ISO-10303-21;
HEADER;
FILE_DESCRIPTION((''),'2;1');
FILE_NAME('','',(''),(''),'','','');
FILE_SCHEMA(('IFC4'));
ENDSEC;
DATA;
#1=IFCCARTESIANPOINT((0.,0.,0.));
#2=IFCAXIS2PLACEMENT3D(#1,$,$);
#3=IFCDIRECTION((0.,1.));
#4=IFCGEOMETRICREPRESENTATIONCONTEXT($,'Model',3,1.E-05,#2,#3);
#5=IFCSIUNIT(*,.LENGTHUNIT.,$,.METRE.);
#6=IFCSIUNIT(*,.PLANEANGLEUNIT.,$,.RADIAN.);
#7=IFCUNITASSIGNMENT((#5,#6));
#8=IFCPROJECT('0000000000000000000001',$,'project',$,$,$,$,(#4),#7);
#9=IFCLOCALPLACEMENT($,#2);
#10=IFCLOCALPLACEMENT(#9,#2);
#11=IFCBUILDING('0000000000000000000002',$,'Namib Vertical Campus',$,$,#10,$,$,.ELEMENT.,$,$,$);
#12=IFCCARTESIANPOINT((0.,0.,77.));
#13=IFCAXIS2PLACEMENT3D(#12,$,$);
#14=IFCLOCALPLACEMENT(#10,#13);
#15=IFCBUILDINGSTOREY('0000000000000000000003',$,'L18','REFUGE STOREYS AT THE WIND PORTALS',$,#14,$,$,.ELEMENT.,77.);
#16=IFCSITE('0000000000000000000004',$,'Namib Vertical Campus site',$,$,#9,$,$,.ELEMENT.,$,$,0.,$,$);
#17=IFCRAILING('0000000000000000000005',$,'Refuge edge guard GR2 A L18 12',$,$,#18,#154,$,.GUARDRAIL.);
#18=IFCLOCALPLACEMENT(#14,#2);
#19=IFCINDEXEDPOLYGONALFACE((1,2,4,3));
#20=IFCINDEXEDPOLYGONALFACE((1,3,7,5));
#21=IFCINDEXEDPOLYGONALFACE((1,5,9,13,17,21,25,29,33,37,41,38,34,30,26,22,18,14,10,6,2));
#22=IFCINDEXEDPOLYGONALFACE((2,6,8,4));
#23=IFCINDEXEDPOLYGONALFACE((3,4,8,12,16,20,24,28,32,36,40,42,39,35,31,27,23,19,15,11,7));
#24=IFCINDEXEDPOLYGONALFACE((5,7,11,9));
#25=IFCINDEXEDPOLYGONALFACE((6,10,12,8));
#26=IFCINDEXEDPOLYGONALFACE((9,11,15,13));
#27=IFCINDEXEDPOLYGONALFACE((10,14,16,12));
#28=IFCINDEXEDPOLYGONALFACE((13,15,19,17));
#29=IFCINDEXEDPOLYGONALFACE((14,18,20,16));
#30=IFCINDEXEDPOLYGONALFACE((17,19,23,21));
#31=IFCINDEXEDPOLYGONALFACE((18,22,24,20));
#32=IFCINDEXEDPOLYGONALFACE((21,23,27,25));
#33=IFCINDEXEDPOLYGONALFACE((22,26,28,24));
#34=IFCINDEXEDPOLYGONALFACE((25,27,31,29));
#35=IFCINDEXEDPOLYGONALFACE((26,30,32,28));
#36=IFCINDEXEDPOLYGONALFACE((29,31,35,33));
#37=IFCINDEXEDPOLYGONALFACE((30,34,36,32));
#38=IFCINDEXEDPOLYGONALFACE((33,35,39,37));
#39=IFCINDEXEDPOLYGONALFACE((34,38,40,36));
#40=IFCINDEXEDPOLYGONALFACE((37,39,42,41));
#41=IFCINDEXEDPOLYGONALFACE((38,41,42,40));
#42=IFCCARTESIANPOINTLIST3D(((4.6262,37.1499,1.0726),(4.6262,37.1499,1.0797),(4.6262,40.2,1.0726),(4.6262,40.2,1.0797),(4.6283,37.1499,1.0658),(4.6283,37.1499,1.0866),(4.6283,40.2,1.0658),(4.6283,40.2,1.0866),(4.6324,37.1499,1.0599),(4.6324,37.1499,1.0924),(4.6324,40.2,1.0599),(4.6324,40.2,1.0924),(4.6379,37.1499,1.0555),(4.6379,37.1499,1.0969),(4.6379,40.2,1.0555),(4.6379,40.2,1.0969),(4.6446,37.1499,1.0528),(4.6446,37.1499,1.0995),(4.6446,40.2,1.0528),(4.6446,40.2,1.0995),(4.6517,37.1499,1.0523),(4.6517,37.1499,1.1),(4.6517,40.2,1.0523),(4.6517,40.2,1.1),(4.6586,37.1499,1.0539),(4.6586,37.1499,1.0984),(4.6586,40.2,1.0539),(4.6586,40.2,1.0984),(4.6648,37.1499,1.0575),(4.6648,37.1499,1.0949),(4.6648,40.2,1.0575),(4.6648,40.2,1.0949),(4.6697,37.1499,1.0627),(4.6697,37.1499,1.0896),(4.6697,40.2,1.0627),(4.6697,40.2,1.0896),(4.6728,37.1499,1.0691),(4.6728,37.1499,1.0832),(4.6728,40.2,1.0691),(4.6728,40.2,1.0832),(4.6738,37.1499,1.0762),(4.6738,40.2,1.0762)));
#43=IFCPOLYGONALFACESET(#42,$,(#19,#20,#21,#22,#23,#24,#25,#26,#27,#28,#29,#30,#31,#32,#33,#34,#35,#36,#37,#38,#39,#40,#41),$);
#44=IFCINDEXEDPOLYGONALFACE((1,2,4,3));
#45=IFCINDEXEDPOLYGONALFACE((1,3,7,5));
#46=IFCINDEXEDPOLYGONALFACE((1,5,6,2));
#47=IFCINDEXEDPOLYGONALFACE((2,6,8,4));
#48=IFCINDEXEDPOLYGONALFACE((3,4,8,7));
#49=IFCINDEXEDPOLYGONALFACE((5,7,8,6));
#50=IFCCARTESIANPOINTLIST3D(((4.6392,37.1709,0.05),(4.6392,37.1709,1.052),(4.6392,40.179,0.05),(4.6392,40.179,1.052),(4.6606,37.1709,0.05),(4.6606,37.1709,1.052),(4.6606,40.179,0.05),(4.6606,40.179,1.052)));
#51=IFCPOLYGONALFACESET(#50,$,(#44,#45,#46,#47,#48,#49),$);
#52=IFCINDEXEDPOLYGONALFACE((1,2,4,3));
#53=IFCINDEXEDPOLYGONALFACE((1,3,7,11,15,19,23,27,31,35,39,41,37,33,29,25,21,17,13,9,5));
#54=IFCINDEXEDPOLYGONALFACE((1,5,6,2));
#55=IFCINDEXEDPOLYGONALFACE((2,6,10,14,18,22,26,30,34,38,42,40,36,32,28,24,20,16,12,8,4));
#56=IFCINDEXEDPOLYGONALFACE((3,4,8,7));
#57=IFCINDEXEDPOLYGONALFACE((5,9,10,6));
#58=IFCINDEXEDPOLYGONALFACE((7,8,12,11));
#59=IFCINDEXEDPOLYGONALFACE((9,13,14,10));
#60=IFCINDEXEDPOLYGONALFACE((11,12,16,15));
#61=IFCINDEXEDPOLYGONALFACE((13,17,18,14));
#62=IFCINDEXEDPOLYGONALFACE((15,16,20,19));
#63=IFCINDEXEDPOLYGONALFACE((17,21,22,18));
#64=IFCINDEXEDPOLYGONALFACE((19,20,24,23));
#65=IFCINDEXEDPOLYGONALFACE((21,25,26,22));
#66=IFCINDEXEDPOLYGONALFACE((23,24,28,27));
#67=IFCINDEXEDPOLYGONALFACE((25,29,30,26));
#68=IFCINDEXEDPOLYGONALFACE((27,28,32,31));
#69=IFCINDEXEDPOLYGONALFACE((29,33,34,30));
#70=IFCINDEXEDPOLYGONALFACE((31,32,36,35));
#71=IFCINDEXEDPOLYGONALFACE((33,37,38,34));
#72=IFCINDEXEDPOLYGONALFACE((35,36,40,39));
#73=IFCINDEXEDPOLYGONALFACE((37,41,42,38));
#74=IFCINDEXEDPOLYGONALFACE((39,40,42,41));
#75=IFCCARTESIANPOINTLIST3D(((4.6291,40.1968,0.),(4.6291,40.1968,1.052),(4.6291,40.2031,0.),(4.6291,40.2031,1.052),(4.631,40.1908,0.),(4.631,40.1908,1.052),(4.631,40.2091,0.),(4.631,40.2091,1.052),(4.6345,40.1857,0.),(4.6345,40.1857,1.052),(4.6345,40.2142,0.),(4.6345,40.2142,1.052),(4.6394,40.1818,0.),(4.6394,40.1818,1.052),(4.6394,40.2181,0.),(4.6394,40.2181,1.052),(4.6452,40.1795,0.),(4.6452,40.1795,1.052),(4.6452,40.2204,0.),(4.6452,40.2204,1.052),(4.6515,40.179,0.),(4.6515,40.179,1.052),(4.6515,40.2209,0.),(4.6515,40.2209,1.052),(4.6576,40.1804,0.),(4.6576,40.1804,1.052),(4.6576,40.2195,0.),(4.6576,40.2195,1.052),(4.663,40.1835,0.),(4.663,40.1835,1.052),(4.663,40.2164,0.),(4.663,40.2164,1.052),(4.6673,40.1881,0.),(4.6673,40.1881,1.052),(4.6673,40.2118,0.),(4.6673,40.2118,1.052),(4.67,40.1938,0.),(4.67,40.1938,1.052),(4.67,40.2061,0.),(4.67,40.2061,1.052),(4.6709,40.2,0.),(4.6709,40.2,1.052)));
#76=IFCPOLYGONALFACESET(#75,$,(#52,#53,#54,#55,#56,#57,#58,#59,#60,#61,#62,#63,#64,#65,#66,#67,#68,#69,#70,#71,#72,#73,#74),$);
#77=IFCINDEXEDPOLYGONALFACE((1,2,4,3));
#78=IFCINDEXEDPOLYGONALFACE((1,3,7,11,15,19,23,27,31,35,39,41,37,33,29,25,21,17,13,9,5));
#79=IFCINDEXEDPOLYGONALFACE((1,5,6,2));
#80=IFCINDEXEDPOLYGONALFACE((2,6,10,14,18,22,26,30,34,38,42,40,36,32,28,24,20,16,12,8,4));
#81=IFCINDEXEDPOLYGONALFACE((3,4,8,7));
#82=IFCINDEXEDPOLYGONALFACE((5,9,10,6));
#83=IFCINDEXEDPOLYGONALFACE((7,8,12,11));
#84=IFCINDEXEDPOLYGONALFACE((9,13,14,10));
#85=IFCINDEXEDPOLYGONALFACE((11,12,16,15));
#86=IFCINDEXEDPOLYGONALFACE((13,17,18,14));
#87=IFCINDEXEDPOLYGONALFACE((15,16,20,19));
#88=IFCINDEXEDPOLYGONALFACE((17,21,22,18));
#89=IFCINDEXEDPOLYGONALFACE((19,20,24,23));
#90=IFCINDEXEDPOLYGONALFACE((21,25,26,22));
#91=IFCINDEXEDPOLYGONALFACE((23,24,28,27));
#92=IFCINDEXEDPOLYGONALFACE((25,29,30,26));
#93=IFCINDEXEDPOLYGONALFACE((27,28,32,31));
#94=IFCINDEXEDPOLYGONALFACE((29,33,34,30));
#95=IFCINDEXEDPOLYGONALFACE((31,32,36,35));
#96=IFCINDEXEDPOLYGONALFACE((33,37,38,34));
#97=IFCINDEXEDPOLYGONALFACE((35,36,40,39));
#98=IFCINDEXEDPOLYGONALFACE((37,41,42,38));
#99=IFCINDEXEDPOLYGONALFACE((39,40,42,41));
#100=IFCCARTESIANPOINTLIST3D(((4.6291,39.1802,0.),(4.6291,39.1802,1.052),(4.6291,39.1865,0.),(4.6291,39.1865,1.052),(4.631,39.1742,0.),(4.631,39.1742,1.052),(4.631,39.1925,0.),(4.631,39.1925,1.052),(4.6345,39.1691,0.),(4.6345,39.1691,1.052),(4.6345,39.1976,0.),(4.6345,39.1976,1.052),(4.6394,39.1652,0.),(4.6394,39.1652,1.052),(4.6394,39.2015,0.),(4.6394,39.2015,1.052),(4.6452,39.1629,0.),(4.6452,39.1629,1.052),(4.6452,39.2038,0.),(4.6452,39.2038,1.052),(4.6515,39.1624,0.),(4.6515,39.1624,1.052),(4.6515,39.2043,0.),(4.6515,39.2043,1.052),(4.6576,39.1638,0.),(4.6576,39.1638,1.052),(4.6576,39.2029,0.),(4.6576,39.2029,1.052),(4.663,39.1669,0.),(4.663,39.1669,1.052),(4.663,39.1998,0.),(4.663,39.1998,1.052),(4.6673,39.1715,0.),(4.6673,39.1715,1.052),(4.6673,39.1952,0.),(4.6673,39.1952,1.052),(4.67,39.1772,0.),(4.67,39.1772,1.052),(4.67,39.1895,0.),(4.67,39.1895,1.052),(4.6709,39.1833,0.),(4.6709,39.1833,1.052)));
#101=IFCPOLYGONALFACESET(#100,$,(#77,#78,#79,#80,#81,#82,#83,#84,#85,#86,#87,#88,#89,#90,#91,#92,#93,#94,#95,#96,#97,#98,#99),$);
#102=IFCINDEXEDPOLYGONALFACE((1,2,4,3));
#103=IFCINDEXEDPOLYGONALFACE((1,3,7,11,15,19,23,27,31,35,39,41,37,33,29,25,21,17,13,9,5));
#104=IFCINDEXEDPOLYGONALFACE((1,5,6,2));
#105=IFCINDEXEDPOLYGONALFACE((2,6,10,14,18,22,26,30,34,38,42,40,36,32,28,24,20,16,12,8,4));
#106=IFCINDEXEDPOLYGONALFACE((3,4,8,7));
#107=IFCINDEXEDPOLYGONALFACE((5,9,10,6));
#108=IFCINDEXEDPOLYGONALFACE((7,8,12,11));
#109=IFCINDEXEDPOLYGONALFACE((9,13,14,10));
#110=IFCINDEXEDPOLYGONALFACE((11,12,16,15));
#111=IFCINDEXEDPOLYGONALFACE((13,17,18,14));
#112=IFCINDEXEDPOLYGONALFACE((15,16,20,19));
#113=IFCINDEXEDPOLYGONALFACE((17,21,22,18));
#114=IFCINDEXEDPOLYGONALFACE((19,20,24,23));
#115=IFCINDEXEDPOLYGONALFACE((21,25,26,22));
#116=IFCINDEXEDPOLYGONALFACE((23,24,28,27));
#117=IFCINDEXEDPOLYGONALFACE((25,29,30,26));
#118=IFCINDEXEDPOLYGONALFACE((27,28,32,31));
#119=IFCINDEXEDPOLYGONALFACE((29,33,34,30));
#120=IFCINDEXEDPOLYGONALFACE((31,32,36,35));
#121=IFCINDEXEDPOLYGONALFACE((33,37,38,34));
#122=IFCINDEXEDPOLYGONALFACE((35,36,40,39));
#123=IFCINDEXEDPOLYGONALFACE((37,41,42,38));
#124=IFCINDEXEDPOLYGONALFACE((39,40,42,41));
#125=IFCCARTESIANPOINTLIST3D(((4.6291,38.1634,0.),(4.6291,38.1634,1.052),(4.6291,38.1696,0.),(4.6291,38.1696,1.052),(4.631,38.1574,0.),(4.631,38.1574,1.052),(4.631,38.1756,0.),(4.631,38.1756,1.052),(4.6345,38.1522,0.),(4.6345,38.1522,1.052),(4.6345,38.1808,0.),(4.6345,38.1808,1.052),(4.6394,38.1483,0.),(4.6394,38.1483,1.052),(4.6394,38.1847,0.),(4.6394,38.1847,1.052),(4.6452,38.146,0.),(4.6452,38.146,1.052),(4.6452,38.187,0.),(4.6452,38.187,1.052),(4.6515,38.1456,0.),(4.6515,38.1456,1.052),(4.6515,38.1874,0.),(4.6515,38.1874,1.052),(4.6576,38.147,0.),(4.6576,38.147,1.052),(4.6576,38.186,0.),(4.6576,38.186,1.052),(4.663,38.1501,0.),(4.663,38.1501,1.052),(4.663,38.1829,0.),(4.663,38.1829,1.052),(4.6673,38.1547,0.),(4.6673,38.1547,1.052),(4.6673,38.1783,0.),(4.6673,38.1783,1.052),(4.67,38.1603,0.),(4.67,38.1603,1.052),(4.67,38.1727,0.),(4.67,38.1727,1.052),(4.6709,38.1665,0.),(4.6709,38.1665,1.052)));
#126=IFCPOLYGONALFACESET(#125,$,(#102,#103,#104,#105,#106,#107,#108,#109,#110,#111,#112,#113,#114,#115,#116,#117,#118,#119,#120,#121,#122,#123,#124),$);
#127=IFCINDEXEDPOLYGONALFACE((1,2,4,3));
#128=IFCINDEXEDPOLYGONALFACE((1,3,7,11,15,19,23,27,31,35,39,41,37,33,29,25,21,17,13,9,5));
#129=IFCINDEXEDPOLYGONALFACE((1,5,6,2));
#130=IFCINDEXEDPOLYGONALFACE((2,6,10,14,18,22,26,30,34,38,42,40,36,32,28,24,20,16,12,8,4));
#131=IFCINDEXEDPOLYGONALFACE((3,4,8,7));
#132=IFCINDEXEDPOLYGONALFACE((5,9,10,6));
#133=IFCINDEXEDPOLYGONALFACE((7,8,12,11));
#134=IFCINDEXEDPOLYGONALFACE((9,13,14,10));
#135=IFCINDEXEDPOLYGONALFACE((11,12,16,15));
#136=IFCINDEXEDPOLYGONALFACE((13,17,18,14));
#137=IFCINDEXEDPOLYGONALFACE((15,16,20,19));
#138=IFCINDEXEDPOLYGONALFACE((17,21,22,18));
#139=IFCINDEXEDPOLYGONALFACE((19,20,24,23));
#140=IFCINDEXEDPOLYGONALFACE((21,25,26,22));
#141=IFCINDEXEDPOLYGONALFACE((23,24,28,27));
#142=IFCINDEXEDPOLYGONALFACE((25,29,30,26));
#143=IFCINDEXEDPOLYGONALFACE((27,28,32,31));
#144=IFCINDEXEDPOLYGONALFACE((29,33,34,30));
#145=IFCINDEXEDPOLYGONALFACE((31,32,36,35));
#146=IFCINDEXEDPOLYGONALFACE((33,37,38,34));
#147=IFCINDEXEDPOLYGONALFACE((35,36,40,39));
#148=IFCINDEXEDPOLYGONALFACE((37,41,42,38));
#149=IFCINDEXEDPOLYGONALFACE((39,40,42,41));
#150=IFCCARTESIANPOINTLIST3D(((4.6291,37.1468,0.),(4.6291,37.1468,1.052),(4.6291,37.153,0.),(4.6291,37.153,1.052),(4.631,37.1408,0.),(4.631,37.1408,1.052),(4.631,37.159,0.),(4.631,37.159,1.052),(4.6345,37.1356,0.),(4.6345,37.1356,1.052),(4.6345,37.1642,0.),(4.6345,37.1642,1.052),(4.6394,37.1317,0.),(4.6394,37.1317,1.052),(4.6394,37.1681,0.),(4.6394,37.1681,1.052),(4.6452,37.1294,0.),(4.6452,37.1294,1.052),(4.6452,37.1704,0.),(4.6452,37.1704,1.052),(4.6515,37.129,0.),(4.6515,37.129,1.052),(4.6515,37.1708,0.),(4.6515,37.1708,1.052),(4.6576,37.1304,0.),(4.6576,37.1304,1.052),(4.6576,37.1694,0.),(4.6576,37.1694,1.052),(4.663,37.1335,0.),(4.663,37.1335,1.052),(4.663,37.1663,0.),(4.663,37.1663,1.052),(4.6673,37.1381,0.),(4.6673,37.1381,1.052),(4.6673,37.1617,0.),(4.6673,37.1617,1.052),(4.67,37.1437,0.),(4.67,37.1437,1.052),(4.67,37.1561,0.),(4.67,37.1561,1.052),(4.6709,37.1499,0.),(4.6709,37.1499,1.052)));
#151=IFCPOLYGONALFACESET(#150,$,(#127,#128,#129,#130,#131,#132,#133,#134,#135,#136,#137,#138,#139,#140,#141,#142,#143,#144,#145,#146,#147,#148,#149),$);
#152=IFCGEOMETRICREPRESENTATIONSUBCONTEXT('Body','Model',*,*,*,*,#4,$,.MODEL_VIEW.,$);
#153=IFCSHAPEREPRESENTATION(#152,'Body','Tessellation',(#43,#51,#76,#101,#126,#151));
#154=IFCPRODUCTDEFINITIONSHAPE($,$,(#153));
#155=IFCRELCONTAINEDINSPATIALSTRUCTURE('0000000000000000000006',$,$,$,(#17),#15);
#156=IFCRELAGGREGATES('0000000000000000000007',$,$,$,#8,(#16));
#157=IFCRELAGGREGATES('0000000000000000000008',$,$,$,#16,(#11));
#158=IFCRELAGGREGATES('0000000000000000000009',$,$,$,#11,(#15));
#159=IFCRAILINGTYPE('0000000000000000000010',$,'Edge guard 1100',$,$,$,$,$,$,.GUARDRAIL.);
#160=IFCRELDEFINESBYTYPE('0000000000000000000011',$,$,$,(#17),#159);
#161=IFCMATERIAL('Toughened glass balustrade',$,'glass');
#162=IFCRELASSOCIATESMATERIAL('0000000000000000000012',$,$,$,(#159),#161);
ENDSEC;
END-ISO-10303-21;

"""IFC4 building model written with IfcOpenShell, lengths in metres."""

from ifc_helpers import new_model, si_unit, direction, frame, origin, origin_2d, place, context, subcontext, project, spatial, polyline, circle, outline, extrude, material, type_object, element, save


model = new_model("IFC4")

# Units and contexts
model_context = context("Model", 3, precision=1e-05, world=origin(), true_north=direction((0.0, 1.0)))
body_context = subcontext(model_context, "Body", "Model", "MODEL_VIEW")
ifc_project = project(units=[si_unit("LENGTHUNIT", "METRE"), si_unit("PLANEANGLEUNIT", "RADIAN")], contexts=[model_context])

# Site, building, storey
site_placement = place(None, origin())
site = spatial("IfcSite", under=ifc_project, at=site_placement, Name="Namib Vertical Campus site", CompositionType="ELEMENT", RefElevation=0.0)
building_placement = place(site_placement, origin())
building = spatial("IfcBuilding", under=site, at=building_placement, Name="Namib Vertical Campus", CompositionType="ELEMENT")
storey_placement = place(building_placement, frame((0.0, 0.0, 77.0)))
storey = spatial("IfcBuildingStorey", under=building, at=storey_placement, Name="L18", Description="REFUGE STOREYS AT THE WIND PORTALS", CompositionType="ELEMENT", Elevation=77.0)

# Railing
ifc_material_1 = material(Name="Toughened glass balustrade", Category="glass")
railing_type = type_object("IfcRailingType", Name="Edge guard 1100", PredefinedType="GUARDRAIL", material=ifc_material_1)
railing_1_placement = place(storey_placement, frame((4.6499, 40.2, 0.0)))
element("IfcRailing", 1, at=railing_1_placement, inside=storey, type_object=railing_type, Name="Refuge edge guard GR2 A L18 12", PredefinedType="GUARDRAIL", context=body_context, shape_type="SweptSolid", body=[
    extrude(circle(Radius=0.0239, at=origin_2d()), frame((0.0, 0.0, 1.0762), z_axis=(0.0, -1.0, 0.0), x_axis=(1.0, 0.0, 0.0)), (0.0, 0.0, 1.0), 3.05),
    extrude(outline(polyline([(0.021, 0.05), (3.0291, 0.05), (3.0291, 1.052), (0.021, 1.052), (0.021, 0.05)])), frame((0.0107, 0.0, 0.0), z_axis=(-1.0, 0.0, 0.0), x_axis=(0.0, -1.0, 0.0)), (0.0, 0.0, 1.0), 0.0215),
    extrude(circle(Radius=0.021, at=origin_2d()), origin(), (0.0, 0.0, 1.0), 1.052),
    extrude(circle(Radius=0.021, at=origin_2d()), frame((0.0, -1.0166, 0.0)), (0.0, 0.0, 1.0), 1.052),
    extrude(circle(Radius=0.021, at=origin_2d()), frame((0.0, -2.0334, 0.0)), (0.0, 0.0, 1.0), 1.052),
    extrude(circle(Radius=0.021, at=origin_2d()), frame((0.0, -3.05, 0.0)), (0.0, 0.0, 1.0), 1.052),
])

save(model, "model.ifc")
